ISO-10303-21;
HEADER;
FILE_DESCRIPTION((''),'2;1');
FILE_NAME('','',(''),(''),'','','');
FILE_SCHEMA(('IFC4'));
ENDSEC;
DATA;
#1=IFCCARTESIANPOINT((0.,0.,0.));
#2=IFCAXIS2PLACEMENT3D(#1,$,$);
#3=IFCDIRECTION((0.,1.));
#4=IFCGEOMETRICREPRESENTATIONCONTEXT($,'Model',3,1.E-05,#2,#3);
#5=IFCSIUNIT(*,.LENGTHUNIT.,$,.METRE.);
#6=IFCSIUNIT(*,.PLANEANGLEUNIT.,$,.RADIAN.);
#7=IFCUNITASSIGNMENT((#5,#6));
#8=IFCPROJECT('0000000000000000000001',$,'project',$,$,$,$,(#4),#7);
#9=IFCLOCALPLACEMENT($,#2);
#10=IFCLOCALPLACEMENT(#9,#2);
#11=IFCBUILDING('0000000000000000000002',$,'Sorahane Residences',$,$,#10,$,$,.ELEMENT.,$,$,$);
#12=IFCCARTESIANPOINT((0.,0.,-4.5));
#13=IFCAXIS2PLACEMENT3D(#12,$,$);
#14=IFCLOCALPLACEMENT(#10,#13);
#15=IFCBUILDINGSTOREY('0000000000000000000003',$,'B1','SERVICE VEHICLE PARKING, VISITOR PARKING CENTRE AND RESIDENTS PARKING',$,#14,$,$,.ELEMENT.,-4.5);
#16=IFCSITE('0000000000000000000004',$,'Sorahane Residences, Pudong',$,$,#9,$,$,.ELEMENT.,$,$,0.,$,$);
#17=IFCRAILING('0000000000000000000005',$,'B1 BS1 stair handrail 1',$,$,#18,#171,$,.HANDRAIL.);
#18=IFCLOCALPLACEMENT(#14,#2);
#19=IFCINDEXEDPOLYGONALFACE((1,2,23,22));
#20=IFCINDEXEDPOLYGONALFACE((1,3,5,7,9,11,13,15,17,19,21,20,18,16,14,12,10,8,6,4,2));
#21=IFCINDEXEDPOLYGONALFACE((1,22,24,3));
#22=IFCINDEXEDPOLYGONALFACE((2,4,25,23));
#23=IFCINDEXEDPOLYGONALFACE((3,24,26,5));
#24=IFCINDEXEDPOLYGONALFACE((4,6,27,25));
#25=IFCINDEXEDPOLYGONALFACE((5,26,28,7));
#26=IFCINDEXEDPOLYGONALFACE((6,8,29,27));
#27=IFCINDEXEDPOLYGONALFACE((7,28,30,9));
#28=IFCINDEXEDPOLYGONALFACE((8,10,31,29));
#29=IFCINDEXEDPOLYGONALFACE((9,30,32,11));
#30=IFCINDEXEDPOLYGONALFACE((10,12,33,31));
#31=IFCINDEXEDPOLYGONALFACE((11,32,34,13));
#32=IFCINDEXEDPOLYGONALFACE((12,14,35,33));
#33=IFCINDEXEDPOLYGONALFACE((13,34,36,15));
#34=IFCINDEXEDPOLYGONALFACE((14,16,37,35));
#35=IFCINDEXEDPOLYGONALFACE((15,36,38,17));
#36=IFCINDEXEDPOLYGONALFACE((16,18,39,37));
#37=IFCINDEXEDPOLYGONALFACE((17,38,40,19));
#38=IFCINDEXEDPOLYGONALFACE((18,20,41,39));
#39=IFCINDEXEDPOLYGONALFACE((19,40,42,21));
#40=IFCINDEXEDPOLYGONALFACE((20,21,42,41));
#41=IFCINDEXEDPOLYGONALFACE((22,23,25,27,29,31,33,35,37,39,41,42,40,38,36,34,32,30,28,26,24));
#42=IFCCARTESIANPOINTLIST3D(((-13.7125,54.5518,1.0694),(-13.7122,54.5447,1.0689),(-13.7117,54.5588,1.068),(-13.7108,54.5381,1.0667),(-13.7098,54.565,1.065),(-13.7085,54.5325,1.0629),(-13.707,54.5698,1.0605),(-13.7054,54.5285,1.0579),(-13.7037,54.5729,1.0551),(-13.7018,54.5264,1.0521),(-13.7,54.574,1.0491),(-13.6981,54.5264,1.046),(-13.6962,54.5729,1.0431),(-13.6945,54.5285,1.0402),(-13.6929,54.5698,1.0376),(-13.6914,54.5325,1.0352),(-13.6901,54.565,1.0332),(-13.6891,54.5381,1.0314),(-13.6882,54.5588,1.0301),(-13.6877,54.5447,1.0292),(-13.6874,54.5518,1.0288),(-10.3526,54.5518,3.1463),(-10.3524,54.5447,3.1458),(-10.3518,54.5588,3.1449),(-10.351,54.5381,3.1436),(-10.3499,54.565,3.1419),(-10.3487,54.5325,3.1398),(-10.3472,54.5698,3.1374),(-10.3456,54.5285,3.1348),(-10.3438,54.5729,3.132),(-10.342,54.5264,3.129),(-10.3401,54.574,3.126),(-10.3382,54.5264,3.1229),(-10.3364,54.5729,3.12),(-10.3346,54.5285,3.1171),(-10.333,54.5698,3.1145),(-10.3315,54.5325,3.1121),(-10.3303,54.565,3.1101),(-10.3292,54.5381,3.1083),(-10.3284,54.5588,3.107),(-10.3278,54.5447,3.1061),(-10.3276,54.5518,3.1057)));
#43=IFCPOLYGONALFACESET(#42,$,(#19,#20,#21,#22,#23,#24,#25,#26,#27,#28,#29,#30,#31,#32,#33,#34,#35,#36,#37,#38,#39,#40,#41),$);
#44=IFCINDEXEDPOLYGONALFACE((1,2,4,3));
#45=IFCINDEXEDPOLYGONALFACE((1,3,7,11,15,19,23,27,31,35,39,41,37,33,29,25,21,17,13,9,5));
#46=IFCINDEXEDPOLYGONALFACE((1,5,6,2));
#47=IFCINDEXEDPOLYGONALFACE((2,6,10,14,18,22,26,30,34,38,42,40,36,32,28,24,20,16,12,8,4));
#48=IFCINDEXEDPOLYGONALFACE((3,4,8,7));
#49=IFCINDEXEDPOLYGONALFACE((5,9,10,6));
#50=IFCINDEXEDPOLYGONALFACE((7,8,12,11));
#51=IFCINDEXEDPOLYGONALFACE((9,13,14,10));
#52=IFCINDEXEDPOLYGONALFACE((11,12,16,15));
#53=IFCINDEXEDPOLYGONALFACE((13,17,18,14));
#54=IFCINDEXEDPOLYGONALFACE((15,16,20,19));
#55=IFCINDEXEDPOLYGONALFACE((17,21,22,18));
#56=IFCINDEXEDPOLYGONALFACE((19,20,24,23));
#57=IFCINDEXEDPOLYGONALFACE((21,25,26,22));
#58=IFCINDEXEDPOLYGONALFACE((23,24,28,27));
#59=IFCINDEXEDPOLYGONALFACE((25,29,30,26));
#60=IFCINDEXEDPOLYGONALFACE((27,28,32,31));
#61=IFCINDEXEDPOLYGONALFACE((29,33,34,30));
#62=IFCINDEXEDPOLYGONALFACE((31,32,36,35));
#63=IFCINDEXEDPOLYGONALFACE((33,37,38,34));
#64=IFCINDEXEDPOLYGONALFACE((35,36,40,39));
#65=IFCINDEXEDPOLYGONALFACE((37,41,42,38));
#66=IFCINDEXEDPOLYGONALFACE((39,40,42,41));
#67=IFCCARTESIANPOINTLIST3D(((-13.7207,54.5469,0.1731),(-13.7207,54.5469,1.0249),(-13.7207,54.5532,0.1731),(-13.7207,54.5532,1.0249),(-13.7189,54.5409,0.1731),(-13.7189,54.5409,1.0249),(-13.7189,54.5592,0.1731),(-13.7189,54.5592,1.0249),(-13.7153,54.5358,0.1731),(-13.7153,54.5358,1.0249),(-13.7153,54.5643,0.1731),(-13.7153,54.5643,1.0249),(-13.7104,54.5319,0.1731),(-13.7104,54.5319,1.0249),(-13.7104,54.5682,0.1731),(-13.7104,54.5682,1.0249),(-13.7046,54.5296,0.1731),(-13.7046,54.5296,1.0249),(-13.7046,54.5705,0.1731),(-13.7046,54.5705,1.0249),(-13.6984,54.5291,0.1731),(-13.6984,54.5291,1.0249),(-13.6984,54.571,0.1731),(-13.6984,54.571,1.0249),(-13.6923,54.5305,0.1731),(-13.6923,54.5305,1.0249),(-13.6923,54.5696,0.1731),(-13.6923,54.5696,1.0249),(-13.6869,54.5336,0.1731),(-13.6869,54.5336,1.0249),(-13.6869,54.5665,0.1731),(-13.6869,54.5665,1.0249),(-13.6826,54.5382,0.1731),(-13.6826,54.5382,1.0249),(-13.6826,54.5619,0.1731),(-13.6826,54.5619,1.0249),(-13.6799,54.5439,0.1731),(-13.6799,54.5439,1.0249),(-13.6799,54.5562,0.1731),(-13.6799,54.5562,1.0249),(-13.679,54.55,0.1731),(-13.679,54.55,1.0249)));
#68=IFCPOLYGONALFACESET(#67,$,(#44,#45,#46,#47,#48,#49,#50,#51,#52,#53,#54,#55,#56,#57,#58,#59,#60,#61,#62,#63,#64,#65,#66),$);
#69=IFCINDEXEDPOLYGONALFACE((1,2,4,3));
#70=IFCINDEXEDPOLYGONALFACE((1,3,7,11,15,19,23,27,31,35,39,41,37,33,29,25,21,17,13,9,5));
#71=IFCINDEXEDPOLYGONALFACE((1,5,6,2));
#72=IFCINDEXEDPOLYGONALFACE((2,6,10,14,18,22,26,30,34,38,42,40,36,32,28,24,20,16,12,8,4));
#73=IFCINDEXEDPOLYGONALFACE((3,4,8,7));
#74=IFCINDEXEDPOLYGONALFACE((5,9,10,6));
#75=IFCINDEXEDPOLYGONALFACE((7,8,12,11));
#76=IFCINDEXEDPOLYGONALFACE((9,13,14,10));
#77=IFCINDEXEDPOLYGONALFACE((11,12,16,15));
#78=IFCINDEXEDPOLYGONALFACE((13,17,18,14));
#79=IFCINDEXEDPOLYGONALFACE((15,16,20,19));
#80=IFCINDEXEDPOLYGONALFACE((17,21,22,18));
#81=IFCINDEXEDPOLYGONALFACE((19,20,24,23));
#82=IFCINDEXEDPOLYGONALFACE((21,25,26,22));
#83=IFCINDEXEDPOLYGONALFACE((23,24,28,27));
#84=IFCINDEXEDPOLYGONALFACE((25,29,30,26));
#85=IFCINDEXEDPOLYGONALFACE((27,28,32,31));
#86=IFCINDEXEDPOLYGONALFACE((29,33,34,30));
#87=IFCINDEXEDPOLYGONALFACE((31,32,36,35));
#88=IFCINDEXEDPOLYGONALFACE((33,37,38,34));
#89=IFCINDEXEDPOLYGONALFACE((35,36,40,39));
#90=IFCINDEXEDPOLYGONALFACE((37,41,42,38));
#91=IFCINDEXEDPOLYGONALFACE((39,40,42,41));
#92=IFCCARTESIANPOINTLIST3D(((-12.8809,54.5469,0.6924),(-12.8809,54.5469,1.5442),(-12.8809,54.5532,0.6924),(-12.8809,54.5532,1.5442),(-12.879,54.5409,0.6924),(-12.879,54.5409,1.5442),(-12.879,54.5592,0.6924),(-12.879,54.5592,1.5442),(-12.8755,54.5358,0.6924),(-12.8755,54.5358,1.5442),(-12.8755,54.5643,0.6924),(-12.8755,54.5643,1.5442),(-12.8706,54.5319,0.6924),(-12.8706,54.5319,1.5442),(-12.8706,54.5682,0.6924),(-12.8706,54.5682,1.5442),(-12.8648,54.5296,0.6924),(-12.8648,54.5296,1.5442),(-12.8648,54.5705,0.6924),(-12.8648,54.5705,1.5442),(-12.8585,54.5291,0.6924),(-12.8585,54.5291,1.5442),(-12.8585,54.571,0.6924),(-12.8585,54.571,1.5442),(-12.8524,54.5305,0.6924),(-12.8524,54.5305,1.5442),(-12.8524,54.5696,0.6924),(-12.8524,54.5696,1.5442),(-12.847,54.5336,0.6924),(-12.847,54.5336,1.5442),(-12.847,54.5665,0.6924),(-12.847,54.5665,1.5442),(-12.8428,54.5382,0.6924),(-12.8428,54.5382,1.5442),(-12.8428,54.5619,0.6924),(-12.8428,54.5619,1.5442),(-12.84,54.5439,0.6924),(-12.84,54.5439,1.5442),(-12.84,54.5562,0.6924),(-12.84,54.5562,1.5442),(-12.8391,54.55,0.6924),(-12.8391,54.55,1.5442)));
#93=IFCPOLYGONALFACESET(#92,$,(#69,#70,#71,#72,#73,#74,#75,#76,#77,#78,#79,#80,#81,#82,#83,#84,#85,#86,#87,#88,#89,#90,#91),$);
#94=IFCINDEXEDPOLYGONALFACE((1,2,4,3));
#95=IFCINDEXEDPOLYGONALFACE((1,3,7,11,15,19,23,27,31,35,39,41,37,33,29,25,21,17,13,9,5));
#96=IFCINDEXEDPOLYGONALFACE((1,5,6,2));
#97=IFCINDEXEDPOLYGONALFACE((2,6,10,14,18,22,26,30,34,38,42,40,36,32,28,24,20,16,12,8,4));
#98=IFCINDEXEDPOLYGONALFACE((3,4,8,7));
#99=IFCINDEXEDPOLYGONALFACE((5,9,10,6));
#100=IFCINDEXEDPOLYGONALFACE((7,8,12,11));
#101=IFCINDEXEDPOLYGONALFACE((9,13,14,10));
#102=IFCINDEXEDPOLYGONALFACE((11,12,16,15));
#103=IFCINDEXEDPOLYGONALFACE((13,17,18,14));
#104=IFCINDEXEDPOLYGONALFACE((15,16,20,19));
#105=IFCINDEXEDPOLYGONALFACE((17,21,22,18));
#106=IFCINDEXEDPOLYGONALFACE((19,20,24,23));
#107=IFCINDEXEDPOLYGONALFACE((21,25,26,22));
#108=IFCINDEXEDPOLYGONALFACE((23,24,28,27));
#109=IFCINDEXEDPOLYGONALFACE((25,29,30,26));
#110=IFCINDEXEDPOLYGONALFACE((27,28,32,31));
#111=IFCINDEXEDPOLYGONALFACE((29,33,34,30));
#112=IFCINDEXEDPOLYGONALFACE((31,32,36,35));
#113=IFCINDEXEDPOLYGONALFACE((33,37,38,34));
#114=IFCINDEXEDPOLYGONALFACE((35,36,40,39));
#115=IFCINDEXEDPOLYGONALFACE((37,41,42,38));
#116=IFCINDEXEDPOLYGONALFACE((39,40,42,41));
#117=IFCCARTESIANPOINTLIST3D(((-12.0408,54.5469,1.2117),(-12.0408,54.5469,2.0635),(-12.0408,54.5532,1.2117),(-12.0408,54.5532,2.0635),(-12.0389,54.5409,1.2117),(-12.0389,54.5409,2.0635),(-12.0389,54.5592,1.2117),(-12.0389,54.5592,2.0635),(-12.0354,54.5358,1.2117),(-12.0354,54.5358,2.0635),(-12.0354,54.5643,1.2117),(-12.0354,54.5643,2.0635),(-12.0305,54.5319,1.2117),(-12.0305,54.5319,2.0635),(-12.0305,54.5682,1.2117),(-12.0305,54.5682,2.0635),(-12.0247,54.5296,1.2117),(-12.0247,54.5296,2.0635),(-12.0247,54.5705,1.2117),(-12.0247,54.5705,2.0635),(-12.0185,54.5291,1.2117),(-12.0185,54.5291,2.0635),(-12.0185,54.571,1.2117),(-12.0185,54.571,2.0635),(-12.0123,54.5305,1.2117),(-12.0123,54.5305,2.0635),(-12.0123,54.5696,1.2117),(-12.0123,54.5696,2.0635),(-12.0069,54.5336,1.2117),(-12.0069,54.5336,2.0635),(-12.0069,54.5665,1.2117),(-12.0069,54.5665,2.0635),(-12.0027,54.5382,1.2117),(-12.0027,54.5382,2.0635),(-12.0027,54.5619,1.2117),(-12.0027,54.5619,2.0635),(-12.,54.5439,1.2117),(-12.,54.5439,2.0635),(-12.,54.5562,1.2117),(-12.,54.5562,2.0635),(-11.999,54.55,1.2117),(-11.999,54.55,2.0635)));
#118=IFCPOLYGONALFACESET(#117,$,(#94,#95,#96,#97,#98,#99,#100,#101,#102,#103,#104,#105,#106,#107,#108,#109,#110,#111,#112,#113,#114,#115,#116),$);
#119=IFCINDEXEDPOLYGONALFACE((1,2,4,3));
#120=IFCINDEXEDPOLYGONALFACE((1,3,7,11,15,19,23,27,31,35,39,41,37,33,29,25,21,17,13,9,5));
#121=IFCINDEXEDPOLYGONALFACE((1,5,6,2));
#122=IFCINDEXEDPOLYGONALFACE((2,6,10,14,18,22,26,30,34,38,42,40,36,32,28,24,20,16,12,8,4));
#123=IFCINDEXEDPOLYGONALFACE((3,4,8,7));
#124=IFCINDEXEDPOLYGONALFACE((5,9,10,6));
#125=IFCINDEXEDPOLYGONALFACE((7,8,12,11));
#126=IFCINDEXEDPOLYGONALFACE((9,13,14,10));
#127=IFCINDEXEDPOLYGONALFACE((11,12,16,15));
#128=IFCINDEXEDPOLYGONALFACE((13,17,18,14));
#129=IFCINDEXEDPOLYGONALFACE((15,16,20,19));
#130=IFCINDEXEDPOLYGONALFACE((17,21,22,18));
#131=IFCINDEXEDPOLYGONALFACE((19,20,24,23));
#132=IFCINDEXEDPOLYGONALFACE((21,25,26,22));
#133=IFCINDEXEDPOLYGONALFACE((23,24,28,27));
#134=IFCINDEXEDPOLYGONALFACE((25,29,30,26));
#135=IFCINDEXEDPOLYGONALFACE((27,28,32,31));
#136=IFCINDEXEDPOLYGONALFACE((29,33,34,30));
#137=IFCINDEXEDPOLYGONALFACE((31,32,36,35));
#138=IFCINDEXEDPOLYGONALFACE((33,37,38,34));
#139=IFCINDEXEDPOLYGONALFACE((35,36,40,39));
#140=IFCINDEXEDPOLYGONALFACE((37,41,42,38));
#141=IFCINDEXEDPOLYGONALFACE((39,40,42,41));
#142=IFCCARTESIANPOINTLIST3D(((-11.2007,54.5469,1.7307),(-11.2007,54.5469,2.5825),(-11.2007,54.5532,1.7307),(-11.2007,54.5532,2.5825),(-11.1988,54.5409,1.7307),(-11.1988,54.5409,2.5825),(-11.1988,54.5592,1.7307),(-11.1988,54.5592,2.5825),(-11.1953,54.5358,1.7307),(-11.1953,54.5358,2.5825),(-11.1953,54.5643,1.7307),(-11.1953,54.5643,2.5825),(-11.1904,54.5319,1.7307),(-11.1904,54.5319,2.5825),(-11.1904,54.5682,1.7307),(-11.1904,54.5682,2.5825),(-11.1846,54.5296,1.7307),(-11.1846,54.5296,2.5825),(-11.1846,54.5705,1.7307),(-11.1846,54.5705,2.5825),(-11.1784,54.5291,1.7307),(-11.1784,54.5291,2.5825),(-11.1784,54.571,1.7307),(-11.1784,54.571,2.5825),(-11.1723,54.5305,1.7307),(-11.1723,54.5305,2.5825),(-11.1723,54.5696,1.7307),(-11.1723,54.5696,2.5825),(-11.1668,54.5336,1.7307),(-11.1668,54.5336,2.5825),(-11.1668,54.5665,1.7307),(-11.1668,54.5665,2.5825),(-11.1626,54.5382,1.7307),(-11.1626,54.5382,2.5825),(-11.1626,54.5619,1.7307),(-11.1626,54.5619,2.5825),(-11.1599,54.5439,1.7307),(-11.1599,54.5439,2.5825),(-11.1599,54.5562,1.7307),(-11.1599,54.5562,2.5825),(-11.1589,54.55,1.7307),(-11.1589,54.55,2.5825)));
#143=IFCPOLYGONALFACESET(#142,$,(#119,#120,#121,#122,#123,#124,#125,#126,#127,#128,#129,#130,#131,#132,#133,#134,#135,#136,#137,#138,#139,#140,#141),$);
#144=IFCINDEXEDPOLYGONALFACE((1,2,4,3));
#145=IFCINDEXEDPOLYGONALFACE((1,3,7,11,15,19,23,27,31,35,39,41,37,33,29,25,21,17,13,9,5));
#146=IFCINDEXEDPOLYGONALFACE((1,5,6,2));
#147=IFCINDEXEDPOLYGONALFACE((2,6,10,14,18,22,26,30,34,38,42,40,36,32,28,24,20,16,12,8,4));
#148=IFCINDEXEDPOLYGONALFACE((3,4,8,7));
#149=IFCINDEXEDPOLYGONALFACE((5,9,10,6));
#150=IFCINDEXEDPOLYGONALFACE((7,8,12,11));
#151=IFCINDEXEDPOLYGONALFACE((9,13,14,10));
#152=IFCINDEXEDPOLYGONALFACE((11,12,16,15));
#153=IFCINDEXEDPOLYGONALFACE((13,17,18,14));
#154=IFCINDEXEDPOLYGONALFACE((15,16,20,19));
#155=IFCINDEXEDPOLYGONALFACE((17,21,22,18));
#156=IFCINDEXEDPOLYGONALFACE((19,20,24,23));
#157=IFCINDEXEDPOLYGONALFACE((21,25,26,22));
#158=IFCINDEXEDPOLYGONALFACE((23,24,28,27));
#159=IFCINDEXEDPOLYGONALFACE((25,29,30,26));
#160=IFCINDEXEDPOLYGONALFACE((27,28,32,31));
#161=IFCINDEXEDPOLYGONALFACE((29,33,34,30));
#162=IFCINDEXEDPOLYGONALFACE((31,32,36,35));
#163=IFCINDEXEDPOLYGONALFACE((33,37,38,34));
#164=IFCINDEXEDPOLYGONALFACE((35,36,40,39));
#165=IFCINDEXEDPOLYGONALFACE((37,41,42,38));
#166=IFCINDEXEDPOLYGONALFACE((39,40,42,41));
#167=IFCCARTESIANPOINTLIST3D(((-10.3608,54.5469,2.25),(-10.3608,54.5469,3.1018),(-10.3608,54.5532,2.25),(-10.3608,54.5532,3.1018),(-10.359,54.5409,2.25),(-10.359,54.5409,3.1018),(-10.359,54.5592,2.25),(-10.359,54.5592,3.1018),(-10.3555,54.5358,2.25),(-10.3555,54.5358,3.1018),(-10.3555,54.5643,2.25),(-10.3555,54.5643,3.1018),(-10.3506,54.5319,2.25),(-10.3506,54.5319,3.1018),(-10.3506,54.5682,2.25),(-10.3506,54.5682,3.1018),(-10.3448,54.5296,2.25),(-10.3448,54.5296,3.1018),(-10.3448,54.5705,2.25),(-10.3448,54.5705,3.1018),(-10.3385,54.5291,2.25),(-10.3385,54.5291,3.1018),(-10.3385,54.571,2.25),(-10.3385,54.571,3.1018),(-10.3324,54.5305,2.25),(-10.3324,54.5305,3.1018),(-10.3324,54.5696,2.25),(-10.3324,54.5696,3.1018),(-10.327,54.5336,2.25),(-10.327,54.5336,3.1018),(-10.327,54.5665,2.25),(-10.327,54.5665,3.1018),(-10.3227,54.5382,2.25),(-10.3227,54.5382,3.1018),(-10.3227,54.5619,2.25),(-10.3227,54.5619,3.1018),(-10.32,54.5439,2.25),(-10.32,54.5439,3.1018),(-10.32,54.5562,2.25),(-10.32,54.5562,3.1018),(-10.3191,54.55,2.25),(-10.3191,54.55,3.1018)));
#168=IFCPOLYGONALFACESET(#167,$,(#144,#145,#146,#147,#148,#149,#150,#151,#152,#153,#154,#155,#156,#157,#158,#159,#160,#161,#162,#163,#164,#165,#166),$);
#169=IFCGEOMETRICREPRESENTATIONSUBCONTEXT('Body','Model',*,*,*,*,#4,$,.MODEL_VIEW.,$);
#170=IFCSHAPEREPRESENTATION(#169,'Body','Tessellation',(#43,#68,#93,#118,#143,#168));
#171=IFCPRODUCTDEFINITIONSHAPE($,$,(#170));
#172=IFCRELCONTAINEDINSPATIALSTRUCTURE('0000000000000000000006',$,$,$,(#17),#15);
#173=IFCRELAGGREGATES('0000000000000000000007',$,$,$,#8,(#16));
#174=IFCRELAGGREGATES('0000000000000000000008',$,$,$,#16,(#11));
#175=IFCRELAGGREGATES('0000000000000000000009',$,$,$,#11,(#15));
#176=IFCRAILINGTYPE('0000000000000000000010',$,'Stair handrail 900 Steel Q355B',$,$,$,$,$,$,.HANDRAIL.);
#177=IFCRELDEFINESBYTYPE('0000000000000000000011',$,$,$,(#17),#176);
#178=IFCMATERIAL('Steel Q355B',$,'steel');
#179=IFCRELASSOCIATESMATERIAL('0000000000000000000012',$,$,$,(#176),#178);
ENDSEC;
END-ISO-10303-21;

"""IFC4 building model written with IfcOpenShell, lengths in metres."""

from ifc_helpers import new_model, si_unit, direction, frame, origin, origin_2d, place, context, subcontext, project, spatial, circle, extrude, material, type_object, element, save


model = new_model("IFC4")

# Units and contexts
model_context = context("Model", 3, precision=1e-05, world=origin(), true_north=direction((0.0, 1.0)))
body_context = subcontext(model_context, "Body", "Model", "MODEL_VIEW")
ifc_project = project(units=[si_unit("LENGTHUNIT", "METRE"), si_unit("PLANEANGLEUNIT", "RADIAN")], contexts=[model_context])

# Site, building, storey
site_placement = place(None, origin())
site = spatial("IfcSite", under=ifc_project, at=site_placement, Name="Sorahane Residences, Pudong", CompositionType="ELEMENT", RefElevation=0.0)
building_placement = place(site_placement, origin())
building = spatial("IfcBuilding", under=site, at=building_placement, Name="Sorahane Residences", CompositionType="ELEMENT")
storey_placement = place(building_placement, frame((0.0, 0.0, -4.5)))
storey = spatial("IfcBuildingStorey", under=building, at=storey_placement, Name="B1", Description="SERVICE VEHICLE PARKING, VISITOR PARKING CENTRE AND RESIDENTS PARKING", CompositionType="ELEMENT", Elevation=-4.5)

# Railing
ifc_material_1 = material(Name="Steel Q355B", Category="steel")
railing_type_1 = type_object("IfcRailingType", Name="Stair handrail 900 Steel Q355B", PredefinedType="HANDRAIL", material=ifc_material_1)
railing_1_placement = place(storey_placement, frame((-13.7, 54.55, 0.1731)))
element("IfcRailing", 1, at=railing_1_placement, inside=storey, type_object=railing_type_1, Name="B1 BS1 stair handrail 1", PredefinedType="HANDRAIL", context=body_context, shape_type="SweptSolid", body=[
    extrude(circle(Radius=0.0239, at=origin_2d()), frame((0.0, 0.0, 0.876), z_axis=(0.850606, 0.0, 0.525803), x_axis=(0.0, 1.0, 0.0)), (0.0, 0.0, 1.0), 3.95),
    extrude(circle(Radius=0.021, at=origin_2d()), origin(), (0.0, 0.0, 1.0), 0.8518),
    extrude(circle(Radius=0.021, at=origin_2d()), frame((0.8398, 0.0, 0.5193)), (0.0, 0.0, 1.0), 0.8518),
    extrude(circle(Radius=0.021, at=origin_2d()), frame((1.6799, 0.0, 1.0386)), (0.0, 0.0, 1.0), 0.8518),
    extrude(circle(Radius=0.021, at=origin_2d()), frame((2.52, 0.0, 1.5576)), (0.0, 0.0, 1.0), 0.8518),
    extrude(circle(Radius=0.021, at=origin_2d()), frame((3.3599, 0.0, 2.0769)), (0.0, 0.0, 1.0), 0.8518),
])

save(model, "model.ifc")
